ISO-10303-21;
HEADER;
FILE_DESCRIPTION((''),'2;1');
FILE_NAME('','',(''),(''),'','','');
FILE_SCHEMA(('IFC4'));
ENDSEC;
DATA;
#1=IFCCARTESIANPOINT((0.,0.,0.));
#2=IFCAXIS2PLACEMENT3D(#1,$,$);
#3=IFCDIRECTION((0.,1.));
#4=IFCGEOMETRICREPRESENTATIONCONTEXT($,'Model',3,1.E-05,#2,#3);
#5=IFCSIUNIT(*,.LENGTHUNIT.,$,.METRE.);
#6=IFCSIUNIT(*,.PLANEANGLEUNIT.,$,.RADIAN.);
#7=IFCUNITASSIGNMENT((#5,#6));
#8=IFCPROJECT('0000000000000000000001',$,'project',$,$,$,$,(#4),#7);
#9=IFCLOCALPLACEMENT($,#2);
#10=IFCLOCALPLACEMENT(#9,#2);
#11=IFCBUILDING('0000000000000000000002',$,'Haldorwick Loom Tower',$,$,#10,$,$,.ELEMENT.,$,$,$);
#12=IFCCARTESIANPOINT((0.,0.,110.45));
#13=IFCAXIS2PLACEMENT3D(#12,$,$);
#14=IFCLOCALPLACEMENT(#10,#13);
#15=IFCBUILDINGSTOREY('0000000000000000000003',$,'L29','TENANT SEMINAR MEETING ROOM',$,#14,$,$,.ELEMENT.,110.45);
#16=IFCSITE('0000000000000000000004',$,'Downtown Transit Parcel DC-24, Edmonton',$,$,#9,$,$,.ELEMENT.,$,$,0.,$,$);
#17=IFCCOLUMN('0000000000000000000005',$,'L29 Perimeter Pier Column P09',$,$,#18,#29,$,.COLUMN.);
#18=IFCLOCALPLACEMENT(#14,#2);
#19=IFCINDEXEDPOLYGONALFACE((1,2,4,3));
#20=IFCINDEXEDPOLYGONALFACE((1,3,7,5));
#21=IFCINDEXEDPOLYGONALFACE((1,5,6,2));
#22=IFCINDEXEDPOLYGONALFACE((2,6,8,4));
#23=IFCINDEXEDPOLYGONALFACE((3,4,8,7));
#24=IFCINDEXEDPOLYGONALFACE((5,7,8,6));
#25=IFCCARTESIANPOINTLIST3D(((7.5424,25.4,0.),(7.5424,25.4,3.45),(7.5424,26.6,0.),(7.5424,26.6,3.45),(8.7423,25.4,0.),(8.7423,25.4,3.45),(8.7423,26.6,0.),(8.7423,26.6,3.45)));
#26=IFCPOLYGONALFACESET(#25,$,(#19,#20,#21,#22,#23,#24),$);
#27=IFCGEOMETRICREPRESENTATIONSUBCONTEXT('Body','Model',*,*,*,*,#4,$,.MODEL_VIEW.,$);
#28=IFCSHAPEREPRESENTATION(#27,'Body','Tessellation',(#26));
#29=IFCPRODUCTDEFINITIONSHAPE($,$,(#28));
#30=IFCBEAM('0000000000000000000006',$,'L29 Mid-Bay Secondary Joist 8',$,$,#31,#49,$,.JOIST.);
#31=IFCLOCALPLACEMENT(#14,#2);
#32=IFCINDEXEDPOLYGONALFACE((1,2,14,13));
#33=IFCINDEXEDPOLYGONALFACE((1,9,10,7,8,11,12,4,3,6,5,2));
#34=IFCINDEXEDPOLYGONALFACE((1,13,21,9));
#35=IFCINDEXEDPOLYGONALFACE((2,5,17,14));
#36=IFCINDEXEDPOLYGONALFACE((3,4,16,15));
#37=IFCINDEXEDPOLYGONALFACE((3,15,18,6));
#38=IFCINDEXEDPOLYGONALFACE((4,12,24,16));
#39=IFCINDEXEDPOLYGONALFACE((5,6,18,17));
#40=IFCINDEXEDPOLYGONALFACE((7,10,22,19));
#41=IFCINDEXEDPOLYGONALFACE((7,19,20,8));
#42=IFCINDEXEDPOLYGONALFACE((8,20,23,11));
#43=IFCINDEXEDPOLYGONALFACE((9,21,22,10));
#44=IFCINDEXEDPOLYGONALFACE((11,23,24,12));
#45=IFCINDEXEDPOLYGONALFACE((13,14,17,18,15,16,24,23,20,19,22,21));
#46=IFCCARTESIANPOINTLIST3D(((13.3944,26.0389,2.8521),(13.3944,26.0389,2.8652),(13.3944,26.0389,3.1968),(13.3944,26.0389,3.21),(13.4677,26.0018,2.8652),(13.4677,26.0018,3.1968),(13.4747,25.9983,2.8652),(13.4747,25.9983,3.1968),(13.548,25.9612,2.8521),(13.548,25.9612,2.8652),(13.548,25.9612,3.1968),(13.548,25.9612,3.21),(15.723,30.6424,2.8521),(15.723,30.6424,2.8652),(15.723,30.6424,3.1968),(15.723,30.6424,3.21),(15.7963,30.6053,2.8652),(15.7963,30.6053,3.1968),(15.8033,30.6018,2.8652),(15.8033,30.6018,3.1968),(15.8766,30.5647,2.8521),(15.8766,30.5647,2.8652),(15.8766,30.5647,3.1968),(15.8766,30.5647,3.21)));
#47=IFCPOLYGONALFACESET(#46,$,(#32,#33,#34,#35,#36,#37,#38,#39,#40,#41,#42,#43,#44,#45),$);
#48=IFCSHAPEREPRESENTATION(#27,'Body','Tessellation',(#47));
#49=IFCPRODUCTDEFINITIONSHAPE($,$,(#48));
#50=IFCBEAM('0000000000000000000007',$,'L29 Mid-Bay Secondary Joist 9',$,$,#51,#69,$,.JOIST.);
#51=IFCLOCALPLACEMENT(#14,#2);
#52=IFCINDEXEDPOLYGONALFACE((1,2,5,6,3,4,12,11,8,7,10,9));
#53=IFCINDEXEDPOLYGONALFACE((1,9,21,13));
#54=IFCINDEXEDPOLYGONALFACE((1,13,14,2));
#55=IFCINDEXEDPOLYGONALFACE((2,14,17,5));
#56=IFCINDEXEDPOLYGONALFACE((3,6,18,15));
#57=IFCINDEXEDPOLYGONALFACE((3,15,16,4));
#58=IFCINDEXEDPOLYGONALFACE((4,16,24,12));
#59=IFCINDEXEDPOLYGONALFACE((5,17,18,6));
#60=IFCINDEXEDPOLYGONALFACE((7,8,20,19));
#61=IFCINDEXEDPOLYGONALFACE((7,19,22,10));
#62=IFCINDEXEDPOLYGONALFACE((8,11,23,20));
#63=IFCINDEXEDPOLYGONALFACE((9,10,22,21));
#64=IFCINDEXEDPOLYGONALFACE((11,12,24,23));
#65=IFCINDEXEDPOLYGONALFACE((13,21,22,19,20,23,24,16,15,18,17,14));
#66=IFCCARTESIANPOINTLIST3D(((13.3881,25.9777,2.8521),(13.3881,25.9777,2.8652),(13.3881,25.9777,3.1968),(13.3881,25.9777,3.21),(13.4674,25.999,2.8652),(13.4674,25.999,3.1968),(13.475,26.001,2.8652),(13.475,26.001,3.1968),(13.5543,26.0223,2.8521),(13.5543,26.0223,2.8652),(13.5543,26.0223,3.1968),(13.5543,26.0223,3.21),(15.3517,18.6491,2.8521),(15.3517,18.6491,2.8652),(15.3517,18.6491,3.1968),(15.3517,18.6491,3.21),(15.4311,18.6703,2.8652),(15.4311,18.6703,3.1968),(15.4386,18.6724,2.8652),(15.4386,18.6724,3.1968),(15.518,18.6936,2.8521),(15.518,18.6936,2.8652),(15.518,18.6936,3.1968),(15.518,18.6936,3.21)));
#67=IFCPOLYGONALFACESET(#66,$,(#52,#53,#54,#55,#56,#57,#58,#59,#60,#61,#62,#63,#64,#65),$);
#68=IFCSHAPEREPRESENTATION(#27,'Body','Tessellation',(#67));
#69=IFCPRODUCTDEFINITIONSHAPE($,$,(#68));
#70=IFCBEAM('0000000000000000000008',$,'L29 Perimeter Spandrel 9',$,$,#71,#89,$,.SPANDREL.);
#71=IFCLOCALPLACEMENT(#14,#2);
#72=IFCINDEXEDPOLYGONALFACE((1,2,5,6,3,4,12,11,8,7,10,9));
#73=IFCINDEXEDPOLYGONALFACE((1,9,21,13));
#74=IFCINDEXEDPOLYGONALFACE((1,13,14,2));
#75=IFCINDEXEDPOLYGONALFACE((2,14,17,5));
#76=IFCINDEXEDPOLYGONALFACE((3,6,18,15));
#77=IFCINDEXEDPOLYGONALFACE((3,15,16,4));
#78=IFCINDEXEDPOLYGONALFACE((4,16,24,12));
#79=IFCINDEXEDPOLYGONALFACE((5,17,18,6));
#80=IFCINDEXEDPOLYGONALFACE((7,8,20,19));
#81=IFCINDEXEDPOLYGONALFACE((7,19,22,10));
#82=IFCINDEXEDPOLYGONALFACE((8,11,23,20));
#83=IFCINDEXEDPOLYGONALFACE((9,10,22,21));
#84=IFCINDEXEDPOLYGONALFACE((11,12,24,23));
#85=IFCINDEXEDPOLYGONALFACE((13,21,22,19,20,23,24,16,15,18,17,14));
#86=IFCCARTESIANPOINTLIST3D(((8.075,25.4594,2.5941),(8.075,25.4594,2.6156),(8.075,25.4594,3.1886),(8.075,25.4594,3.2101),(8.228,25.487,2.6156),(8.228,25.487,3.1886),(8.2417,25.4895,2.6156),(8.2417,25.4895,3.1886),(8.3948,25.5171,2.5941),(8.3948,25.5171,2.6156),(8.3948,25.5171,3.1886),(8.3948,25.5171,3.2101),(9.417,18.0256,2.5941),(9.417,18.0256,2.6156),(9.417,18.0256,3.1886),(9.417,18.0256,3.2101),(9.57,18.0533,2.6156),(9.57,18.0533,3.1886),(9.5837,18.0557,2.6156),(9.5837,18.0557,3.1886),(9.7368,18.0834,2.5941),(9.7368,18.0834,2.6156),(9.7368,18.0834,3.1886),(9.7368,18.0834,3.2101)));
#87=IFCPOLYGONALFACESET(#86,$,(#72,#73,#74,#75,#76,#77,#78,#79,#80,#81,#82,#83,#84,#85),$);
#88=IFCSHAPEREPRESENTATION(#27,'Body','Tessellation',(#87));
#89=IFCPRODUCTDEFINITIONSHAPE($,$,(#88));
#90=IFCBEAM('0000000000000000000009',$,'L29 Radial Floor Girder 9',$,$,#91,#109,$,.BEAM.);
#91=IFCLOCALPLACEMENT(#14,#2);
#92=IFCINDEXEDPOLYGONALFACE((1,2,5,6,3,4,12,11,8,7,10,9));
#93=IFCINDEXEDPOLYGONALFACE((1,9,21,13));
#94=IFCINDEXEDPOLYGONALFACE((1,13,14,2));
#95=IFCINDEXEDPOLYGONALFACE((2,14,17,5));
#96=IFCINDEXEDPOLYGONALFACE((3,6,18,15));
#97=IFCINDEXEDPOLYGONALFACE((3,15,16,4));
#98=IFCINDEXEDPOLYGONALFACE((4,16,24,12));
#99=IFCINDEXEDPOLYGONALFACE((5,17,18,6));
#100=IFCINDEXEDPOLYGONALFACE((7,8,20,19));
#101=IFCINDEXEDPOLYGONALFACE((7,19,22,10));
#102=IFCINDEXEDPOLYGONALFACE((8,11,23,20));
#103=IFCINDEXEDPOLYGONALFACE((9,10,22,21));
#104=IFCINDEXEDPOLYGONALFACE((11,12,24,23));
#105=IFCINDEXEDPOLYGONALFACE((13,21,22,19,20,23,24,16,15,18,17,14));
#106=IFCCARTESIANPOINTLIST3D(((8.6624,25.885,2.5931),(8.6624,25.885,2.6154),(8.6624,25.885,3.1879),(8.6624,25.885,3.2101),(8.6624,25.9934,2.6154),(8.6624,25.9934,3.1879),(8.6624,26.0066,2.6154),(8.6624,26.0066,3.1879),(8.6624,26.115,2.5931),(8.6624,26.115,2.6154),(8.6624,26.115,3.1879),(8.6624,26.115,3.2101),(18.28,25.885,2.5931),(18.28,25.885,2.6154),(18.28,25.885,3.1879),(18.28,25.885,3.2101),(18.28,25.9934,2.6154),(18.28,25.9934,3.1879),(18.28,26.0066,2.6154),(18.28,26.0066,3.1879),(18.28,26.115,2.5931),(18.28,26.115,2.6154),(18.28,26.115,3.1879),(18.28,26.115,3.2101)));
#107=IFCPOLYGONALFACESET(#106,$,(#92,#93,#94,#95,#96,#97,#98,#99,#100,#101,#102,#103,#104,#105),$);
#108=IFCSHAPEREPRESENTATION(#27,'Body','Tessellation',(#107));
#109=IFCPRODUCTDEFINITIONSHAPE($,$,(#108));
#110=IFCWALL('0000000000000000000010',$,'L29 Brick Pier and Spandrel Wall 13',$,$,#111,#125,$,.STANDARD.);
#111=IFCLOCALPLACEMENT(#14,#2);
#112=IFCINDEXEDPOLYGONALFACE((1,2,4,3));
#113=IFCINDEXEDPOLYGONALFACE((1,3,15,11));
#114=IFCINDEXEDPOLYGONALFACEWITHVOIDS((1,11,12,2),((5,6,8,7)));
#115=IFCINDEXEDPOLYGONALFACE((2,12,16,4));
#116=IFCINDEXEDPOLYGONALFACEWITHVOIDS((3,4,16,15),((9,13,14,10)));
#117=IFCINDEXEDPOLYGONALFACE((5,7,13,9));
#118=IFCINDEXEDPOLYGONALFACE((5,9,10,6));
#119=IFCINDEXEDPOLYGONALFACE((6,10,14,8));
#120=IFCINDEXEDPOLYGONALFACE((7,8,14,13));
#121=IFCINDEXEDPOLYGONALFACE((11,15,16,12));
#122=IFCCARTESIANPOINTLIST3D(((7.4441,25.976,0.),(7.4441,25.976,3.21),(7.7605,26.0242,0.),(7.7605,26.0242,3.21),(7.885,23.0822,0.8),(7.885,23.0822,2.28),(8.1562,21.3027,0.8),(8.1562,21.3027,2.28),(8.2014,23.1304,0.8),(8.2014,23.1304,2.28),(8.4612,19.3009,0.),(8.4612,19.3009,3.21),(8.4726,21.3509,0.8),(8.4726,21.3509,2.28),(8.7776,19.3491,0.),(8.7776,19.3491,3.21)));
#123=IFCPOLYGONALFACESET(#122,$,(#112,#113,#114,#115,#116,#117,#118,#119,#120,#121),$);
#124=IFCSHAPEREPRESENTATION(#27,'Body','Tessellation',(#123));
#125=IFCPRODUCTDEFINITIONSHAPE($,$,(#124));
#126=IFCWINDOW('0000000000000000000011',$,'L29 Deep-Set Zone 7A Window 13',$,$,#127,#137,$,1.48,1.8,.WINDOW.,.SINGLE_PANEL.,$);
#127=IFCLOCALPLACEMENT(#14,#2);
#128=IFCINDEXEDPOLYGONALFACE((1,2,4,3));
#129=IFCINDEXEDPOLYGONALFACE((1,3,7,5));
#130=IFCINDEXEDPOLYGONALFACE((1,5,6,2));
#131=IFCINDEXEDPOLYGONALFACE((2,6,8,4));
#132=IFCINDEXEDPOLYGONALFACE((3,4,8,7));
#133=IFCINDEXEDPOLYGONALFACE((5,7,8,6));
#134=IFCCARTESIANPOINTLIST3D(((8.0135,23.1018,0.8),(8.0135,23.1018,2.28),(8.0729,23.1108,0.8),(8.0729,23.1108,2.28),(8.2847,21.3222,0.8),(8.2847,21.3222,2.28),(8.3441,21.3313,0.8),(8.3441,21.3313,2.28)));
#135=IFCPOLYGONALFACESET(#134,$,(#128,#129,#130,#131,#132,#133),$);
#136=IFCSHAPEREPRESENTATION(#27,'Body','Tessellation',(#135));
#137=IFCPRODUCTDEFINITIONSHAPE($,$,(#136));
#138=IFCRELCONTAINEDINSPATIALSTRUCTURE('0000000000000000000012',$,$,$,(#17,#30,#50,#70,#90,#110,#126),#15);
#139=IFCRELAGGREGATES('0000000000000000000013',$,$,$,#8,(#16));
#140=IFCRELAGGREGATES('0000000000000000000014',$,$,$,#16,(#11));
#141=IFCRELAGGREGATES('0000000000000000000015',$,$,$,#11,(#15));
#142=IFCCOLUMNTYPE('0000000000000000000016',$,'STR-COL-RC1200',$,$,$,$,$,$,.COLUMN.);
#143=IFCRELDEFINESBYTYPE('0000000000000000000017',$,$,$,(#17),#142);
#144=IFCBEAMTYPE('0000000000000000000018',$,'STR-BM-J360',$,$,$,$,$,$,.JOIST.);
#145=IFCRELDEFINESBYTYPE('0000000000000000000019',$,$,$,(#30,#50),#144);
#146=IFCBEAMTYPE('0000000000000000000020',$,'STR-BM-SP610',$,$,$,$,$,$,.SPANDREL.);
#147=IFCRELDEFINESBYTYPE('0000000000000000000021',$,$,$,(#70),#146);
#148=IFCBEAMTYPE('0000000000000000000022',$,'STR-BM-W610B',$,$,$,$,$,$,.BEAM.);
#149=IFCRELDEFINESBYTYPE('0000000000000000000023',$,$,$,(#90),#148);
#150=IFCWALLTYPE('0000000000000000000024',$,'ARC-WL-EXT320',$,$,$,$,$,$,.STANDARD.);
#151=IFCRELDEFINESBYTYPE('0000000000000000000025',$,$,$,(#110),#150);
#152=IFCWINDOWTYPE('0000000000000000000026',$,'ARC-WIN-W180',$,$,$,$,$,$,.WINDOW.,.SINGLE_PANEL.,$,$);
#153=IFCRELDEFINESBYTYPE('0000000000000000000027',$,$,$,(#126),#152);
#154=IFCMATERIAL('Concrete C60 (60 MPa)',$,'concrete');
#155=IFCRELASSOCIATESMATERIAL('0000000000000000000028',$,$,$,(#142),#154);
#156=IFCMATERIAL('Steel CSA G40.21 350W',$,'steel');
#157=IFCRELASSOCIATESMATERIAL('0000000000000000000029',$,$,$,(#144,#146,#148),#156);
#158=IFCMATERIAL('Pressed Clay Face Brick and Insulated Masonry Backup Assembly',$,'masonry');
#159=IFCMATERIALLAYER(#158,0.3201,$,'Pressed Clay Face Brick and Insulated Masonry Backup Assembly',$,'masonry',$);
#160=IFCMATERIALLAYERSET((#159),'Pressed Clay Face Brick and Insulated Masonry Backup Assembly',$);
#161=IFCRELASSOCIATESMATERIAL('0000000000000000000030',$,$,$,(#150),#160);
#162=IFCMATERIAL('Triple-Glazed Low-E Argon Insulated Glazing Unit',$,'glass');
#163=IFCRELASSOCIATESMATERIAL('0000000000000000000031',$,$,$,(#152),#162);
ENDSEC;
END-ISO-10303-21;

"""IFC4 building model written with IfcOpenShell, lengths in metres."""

from ifc_helpers import new_model, si_unit, direction, frame, frame_2d, origin, origin_2d, place, context, subcontext, project, spatial, rectangle, i_section, extrude, material, layer, layer_set, material_profile, profile_set, type_object, element, fill, save


model = new_model("IFC4")

# Units and contexts
model_context = context("Model", 3, precision=1e-05, world=origin(), true_north=direction((0.0, 1.0)))
body_context = subcontext(model_context, "Body", "Model", "MODEL_VIEW")
ifc_project = project(units=[si_unit("LENGTHUNIT", "METRE"), si_unit("PLANEANGLEUNIT", "RADIAN")], contexts=[model_context])

# Site, building, storey
site_placement = place(None, origin())
site = spatial("IfcSite", under=ifc_project, at=site_placement, Name="Downtown Transit Parcel DC-24, Edmonton", CompositionType="ELEMENT", RefElevation=0.0)
building_placement = place(site_placement, origin())
building = spatial("IfcBuilding", under=site, at=building_placement, Name="Haldorwick Loom Tower", CompositionType="ELEMENT")
storey_placement = place(building_placement, frame((0.0, 0.0, 110.45)))
storey = spatial("IfcBuildingStorey", under=building, at=storey_placement, Name="L29", Description="TENANT SEMINAR MEETING ROOM", CompositionType="ELEMENT", Elevation=110.45)

# Column
ifc_material_1 = material(Name="Concrete C60 (60 MPa)", Category="concrete")
ifc_material_profile_1 = material_profile(ifc_material_1, rectangle(XDim=1.2, YDim=1.2, at=origin_2d()), Name="RC1200X1200", Category="concrete")
ifc_profile_set_1 = profile_set([ifc_material_profile_1], Name="Concrete C60 (60 MPa)")
column_type = type_object("IfcColumnType", Name="STR-COL-RC1200", PredefinedType="COLUMN", material=ifc_profile_set_1)
column_placement = place(storey_placement, frame((8.1423, 26.0, 0.0), z_axis=(0.0, 0.0, 1.0), x_axis=(-1.0, 0.0, 0.0)))
element("IfcColumn", 1, at=column_placement, inside=storey, type_object=column_type, Name="L29 Perimeter Pier Column P09", PredefinedType="COLUMN", context=body_context, shape_type="SweptSolid", body=[
    extrude(rectangle(XDim=1.2, YDim=1.2, at=origin_2d()), origin(), (0.0, 0.0, 1.0), 3.45),
])

# Beams
ifc_material_2 = material(Name="Steel CSA G40.21 350W", Category="steel")
ifc_material_profile_2 = material_profile(ifc_material_2, i_section(OverallWidth=0.1721, OverallDepth=0.3579, WebThickness=0.0078, FlangeThickness=0.0132, at=origin_2d()), Name="W360X57", Category="steel")
ifc_profile_set_2 = profile_set([ifc_material_profile_2], Name="Steel CSA G40.21 350W")
beam_type_1 = type_object("IfcBeamType", Name="STR-BM-J360", PredefinedType="JOIST", material=ifc_profile_set_2)
beam_1_placement = place(storey_placement, frame((15.7998, 30.6035, 3.031), z_axis=(-0.451373, -0.892335, 0.0), x_axis=(0.892335, -0.451373, 0.0)))
element("IfcBeam", 2, at=beam_1_placement, inside=storey, type_object=beam_type_1, Name="L29 Mid-Bay Secondary Joist 8", PredefinedType="JOIST", context=body_context, shape_type="SweptSolid", body=[
    extrude(i_section(OverallWidth=0.1721, OverallDepth=0.3579, WebThickness=0.0078, FlangeThickness=0.0132, at=origin_2d()), origin(), (0.0, 0.0, 1.0), 5.1589),
])
beam_2_placement = place(storey_placement, frame((13.4712, 26.0, 3.031), z_axis=(0.25881, -0.965928, 0.0), x_axis=(0.965928, 0.25881, 0.0)))
element("IfcBeam", 3, at=beam_2_placement, inside=storey, type_object=beam_type_1, Name="L29 Mid-Bay Secondary Joist 9", PredefinedType="JOIST", context=body_context, shape_type="SweptSolid", body=[
    extrude(i_section(OverallWidth=0.1721, OverallDepth=0.3579, WebThickness=0.0078, FlangeThickness=0.0132, at=origin_2d()), origin(), (0.0, 0.0, 1.0), 7.5872),
])
ifc_material_profile_3 = material_profile(ifc_material_2, i_section(OverallWidth=0.325, OverallDepth=0.616, WebThickness=0.0139, FlangeThickness=0.0215, at=origin_2d()), Name="W610X174", Category="steel")
ifc_profile_set_3 = profile_set([ifc_material_profile_3], Name="Steel CSA G40.21 350W")
beam_type_2 = type_object("IfcBeamType", Name="STR-BM-SP610", PredefinedType="SPANDREL", material=ifc_profile_set_3)
beam_3_placement = place(storey_placement, frame((8.2349, 25.4883, 2.9021), z_axis=(0.177659, -0.984092, 0.0), x_axis=(0.984092, 0.177659, 0.0)))
element("IfcBeam", 4, at=beam_3_placement, inside=storey, type_object=beam_type_2, Name="L29 Perimeter Spandrel 9", PredefinedType="SPANDREL", context=body_context, shape_type="SweptSolid", body=[
    extrude(i_section(OverallWidth=0.325, OverallDepth=0.616, WebThickness=0.0139, FlangeThickness=0.0215, at=origin_2d()), origin(), (0.0, 0.0, 1.0), 7.554),
])
ifc_material_profile_4 = material_profile(ifc_material_2, i_section(OverallWidth=0.23, OverallDepth=0.6169, WebThickness=0.0132, FlangeThickness=0.0222, at=origin_2d()), Name="W610X140", Category="steel")
ifc_profile_set_4 = profile_set([ifc_material_profile_4], Name="Steel CSA G40.21 350W")
beam_type_3 = type_object("IfcBeamType", Name="STR-BM-W610B", PredefinedType="BEAM", material=ifc_profile_set_4)
beam_4_placement = place(storey_placement, frame((18.28, 26.0, 2.9016), z_axis=(-1.0, 0.0, 0.0), x_axis=(0.0, -1.0, 0.0)))
element("IfcBeam", 5, at=beam_4_placement, inside=storey, type_object=beam_type_3, Name="L29 Radial Floor Girder 9", PredefinedType="BEAM", context=body_context, shape_type="SweptSolid", body=[
    extrude(i_section(OverallWidth=0.23, OverallDepth=0.6169, WebThickness=0.0132, FlangeThickness=0.0222, at=origin_2d()), origin(), (0.0, 0.0, 1.0), 9.6177),
])

# Wall, opening, window
ifc_material_3 = material(Name="Pressed Clay Face Brick and Insulated Masonry Backup Assembly", Category="masonry")
ifc_layer_1 = layer(ifc_material_3, 0.3201, Name="Pressed Clay Face Brick and Insulated Masonry Backup Assembly", Category="masonry")
ifc_layer_set_1 = layer_set([ifc_layer_1], Name="Pressed Clay Face Brick and Insulated Masonry Backup Assembly")
wall_type_1 = type_object("IfcWallType", Name="ARC-WL-EXT320", PredefinedType="STANDARD", material=ifc_layer_set_1)
wall_1_placement = place(storey_placement, frame((7.6023, 26.0, 0.0), z_axis=(0.0, 0.0, 1.0), x_axis=(0.150633, -0.98859, 0.0)))
wall_1 = element("IfcWall", 6, at=wall_1_placement, inside=storey, type_object=wall_type_1, Name="L29 Brick Pier and Spandrel Wall 13", PredefinedType="STANDARD", context=body_context, shape_type="SweptSolid", body=[
    extrude(rectangle(XDim=6.7522, YDim=0.3201, at=frame_2d((3.376, 0.0))), origin(), (0.0, 0.0, 1.0), 3.21),
])
opening_1_placement = place(wall_1_placement, frame((2.9272, 0.0, 0.8)))
opening_1 = element("IfcOpeningElement", 7, at=opening_1_placement, cuts=wall_1, PredefinedType="OPENING", context=body_context, shape_type="SweptSolid", body=[
    extrude(rectangle(XDim=1.8, YDim=1.48, at=frame_2d((0.8999, 0.74))), frame((0.0, 0.1699, 0.0), z_axis=(0.0, -1.0, 0.0), x_axis=(1.0, 0.0, 0.0)), (0.0, 0.0, 1.0), 0.3401),
])
ifc_material_4 = material(Name="Triple-Glazed Low-E Argon Insulated Glazing Unit", Category="glass")
window_type = type_object("IfcWindowType", Name="ARC-WIN-W180", PartitioningType="SINGLE_PANEL", PredefinedType="WINDOW", material=ifc_material_4)
window_placement = place(opening_1_placement, origin())
window = element("IfcWindow", 8, at=window_placement, inside=storey, type_object=window_type, Name="L29 Deep-Set Zone 7A Window 13", OverallHeight=1.48, OverallWidth=1.8, PartitioningType="SINGLE_PANEL", PredefinedType="WINDOW", context=body_context, shape_type="SweptSolid", body=[
    extrude(rectangle(XDim=1.8, YDim=1.48, at=frame_2d((0.8999, 0.74))), frame((0.0, 0.03, 0.0), z_axis=(0.0, -1.0, 0.0), x_axis=(1.0, 0.0, 0.0)), (0.0, 0.0, 1.0), 0.0601),
])
fill(opening_1, window)

save(model, "model.ifc")
